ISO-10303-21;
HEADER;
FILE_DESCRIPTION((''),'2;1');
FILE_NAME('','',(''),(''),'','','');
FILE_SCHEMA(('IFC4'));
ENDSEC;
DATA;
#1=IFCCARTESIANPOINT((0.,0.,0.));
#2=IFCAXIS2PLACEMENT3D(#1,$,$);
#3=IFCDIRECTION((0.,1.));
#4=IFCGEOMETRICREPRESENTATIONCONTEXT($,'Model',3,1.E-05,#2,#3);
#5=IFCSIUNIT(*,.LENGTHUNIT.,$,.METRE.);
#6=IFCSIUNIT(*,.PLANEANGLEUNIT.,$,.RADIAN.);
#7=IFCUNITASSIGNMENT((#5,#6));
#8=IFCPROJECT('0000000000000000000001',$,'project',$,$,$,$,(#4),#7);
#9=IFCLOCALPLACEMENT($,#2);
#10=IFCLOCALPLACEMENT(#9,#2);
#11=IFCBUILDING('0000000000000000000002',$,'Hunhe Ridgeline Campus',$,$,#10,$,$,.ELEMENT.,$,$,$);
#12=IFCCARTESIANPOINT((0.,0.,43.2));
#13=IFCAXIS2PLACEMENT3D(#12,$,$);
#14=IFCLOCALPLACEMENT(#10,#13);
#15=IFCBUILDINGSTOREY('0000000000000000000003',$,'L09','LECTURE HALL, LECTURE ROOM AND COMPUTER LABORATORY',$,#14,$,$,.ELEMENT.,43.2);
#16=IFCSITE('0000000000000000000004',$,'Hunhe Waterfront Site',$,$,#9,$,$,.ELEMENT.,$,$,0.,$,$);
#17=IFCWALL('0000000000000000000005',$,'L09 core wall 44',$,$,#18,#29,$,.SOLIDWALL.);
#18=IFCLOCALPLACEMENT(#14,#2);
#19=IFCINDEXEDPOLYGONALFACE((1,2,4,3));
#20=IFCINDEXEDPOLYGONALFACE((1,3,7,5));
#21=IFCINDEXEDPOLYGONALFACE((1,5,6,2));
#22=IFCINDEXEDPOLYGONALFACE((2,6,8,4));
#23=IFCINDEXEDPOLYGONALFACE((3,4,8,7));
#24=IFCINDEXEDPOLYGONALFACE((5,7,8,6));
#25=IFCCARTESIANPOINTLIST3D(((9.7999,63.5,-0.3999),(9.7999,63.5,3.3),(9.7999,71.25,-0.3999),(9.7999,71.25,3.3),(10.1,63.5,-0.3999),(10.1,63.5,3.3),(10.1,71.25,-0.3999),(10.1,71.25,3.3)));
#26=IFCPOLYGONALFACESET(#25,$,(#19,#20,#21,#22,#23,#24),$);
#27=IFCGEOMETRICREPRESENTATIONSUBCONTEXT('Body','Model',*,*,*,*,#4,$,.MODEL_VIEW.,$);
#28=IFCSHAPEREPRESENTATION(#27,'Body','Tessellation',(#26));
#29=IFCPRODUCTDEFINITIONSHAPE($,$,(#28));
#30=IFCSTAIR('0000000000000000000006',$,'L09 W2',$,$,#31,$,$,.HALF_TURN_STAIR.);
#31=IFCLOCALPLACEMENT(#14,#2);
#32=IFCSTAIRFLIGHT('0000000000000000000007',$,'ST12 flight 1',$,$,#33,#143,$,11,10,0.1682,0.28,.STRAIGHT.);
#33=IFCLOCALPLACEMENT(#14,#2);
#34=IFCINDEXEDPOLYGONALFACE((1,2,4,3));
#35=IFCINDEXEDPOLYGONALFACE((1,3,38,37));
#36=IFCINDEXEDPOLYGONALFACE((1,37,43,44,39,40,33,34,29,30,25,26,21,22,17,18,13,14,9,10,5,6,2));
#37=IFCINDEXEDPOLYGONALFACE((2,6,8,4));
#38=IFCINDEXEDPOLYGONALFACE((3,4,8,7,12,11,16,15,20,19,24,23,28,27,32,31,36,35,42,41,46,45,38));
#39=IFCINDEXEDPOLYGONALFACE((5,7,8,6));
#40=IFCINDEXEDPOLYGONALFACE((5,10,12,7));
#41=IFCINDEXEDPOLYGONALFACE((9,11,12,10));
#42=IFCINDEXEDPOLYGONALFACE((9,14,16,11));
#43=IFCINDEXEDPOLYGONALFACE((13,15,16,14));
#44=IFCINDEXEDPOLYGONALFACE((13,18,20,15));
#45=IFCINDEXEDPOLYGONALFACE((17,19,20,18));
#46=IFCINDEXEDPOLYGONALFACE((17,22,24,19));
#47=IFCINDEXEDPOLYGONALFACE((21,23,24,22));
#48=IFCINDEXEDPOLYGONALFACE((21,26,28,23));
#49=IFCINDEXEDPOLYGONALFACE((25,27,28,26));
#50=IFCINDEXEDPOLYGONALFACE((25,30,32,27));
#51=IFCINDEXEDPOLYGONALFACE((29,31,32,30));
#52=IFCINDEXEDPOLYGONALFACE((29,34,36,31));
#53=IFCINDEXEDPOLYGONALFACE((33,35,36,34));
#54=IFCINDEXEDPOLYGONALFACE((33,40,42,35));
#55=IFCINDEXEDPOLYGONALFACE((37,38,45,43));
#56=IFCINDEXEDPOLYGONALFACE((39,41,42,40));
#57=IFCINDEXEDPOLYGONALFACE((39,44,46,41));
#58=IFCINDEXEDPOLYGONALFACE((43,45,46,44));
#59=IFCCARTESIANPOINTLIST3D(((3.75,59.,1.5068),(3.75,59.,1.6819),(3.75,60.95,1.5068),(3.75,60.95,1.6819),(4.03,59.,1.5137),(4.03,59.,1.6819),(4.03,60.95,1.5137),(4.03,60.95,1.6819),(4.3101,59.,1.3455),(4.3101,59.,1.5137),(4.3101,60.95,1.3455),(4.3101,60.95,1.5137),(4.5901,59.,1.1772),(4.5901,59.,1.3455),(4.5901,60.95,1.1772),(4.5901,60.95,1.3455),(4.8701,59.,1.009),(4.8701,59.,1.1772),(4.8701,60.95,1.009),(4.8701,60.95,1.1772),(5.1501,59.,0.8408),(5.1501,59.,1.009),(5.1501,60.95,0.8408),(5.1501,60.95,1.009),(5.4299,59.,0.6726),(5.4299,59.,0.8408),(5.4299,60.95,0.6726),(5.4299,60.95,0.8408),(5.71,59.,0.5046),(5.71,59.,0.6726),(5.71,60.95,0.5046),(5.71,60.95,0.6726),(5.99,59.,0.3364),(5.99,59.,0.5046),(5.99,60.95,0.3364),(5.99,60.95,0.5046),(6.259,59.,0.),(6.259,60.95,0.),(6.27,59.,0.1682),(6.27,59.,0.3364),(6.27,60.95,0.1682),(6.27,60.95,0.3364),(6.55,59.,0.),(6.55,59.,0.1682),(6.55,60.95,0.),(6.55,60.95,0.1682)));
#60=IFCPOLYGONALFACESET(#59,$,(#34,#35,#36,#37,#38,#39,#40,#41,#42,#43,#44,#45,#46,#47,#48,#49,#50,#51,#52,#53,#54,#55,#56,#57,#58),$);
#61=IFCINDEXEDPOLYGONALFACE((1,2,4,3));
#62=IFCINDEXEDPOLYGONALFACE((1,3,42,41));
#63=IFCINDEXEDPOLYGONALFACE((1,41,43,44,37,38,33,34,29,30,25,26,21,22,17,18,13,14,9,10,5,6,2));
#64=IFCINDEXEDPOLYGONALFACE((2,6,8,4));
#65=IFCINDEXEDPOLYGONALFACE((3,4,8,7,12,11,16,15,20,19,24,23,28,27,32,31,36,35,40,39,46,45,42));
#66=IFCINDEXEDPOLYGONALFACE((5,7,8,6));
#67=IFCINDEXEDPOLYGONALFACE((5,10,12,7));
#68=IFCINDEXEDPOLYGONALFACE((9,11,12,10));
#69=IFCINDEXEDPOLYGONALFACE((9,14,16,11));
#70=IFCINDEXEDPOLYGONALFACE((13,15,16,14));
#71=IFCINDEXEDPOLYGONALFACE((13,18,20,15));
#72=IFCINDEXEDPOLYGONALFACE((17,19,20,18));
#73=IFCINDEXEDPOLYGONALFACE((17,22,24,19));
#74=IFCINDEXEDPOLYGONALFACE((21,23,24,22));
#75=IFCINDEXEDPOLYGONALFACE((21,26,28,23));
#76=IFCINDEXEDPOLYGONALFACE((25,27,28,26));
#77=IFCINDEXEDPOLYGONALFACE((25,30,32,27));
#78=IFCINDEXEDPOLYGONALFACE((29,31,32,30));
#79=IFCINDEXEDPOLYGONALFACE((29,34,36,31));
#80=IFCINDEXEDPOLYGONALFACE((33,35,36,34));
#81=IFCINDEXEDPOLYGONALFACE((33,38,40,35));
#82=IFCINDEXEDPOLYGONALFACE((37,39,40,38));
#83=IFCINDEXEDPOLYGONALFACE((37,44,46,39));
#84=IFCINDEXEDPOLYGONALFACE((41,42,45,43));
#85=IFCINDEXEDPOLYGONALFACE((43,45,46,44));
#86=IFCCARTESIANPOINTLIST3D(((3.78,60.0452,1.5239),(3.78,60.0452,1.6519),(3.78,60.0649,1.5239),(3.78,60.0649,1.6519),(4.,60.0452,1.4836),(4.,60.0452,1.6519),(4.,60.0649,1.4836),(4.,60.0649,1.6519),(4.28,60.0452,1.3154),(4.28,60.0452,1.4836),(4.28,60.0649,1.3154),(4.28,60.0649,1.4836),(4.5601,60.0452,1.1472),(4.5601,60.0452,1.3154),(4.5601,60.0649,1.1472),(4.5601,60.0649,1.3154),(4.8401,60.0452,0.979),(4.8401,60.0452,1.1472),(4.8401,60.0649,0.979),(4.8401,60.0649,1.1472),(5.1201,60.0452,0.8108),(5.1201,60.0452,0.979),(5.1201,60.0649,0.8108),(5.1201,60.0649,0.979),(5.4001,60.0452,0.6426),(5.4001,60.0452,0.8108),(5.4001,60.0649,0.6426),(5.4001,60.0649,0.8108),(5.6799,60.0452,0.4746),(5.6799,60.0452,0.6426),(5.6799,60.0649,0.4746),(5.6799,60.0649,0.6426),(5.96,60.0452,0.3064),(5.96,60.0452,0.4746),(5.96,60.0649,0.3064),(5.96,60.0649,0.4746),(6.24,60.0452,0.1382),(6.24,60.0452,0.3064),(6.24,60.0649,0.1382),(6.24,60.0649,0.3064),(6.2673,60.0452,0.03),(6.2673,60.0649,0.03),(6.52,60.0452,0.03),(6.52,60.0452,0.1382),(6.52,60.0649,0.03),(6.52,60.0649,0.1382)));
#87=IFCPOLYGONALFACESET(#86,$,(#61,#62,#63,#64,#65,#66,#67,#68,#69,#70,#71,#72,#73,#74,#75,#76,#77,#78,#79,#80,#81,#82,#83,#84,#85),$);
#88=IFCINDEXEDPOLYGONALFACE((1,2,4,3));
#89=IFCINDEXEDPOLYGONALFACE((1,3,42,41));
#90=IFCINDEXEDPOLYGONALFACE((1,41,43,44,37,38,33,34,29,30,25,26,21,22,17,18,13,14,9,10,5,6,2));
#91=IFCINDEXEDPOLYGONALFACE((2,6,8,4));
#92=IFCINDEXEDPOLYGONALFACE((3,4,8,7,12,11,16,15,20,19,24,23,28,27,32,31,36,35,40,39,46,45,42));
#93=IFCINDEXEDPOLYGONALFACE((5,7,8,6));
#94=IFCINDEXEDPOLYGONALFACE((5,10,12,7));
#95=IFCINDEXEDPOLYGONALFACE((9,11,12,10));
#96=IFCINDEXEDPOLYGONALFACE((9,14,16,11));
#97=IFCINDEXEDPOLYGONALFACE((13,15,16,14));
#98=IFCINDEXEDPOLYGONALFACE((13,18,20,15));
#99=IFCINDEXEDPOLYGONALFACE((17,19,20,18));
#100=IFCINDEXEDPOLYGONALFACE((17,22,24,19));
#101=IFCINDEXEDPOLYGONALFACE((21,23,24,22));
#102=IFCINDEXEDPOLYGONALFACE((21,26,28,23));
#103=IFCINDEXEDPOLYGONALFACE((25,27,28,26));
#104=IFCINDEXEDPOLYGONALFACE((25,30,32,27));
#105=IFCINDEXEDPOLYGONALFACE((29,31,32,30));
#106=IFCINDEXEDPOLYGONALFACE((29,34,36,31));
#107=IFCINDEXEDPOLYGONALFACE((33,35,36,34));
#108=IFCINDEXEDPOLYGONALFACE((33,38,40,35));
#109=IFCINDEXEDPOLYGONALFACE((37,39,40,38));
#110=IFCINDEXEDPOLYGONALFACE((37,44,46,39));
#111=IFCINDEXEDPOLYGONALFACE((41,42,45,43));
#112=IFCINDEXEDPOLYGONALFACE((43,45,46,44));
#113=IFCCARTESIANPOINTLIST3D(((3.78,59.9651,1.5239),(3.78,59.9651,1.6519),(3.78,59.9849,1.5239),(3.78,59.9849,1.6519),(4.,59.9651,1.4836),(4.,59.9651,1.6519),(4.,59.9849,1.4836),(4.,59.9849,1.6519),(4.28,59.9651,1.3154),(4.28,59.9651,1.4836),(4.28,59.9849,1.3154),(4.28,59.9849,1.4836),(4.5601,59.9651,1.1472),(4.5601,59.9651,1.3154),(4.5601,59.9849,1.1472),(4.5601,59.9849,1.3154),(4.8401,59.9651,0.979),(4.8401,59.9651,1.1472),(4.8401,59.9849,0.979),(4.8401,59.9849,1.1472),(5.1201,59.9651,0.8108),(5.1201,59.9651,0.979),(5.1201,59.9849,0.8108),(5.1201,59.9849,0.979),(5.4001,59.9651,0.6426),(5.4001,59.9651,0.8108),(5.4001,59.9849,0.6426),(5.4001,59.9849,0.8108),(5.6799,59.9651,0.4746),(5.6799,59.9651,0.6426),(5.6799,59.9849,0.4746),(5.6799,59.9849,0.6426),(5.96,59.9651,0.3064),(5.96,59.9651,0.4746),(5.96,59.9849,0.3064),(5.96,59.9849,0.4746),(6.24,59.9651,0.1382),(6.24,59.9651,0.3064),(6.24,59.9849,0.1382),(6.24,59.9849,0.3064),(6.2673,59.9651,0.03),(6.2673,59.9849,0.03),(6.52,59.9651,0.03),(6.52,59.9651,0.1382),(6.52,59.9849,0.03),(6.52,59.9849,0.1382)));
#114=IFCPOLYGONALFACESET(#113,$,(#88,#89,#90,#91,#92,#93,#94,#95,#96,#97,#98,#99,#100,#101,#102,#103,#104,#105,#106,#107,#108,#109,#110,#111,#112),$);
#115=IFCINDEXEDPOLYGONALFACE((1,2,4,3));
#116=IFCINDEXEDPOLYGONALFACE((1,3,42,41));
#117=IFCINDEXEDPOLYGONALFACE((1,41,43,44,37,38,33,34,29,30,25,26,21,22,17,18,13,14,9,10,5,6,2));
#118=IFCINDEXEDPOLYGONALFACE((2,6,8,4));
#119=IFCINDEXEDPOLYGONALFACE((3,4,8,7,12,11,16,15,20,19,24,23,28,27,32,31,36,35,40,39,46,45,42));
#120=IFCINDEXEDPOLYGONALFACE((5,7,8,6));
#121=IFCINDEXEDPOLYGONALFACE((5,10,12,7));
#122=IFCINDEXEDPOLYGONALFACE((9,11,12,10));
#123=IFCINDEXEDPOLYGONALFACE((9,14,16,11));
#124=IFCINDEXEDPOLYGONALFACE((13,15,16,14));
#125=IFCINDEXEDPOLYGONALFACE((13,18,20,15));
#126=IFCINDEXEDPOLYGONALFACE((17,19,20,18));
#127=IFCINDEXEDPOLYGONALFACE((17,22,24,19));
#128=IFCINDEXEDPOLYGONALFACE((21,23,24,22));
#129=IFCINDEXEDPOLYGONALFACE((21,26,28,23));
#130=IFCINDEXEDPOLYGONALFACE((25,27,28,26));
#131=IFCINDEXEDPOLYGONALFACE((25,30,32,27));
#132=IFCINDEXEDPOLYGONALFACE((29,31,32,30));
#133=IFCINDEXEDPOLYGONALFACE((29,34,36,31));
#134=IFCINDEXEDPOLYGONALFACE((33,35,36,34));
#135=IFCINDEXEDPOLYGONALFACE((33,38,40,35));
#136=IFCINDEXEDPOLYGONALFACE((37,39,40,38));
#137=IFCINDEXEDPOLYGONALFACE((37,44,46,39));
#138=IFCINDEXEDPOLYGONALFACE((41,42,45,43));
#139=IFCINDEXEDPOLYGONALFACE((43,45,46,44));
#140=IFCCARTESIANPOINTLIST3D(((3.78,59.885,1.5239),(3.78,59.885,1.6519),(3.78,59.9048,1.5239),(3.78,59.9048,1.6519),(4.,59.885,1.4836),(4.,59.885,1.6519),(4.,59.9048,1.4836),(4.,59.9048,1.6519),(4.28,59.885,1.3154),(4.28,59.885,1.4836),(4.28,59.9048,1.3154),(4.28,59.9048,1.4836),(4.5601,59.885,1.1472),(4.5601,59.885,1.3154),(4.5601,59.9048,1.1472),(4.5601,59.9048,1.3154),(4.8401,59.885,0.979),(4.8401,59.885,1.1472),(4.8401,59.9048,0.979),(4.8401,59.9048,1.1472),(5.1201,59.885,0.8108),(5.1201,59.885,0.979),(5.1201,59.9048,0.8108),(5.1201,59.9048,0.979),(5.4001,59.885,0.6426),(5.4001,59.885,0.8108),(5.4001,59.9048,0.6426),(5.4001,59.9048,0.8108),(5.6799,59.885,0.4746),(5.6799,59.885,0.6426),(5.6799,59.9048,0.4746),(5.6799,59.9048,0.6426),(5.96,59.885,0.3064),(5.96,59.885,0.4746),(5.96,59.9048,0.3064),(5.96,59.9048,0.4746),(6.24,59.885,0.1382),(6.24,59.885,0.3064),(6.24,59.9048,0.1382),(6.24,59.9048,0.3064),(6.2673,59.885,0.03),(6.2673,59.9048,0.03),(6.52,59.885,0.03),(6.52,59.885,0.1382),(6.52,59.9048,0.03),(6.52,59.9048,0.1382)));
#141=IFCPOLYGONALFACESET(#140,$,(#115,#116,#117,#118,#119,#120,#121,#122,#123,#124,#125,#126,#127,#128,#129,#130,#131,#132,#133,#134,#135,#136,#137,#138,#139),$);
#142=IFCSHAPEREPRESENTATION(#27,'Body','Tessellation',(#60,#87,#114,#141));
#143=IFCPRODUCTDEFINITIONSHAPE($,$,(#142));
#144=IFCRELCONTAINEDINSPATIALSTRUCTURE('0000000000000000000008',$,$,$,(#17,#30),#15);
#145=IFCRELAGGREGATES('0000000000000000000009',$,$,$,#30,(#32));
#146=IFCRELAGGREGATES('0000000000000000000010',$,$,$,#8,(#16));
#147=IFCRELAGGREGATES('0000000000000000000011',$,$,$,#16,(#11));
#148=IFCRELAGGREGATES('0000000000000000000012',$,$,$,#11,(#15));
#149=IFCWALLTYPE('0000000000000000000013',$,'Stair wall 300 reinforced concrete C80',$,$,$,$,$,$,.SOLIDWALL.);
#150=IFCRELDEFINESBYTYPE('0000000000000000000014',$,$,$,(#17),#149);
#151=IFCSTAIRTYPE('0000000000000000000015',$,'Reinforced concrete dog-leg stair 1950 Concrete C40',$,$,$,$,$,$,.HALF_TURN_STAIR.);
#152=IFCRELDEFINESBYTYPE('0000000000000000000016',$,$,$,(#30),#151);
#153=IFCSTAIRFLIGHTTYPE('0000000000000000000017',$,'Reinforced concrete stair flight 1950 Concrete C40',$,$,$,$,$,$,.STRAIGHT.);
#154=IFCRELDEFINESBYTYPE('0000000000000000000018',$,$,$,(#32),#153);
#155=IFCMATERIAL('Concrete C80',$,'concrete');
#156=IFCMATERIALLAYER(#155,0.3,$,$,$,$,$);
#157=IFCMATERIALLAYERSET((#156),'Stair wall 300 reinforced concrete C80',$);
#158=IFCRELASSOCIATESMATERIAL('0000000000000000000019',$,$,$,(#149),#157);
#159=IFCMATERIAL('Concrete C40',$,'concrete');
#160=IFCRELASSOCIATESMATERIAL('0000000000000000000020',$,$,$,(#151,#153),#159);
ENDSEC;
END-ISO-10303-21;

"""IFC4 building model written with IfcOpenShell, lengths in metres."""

from ifc_helpers import new_model, si_unit, direction, frame, frame_2d, origin, place, context, subcontext, project, spatial, polyline, rectangle, outline, extrude, material, layer, layer_set, type_object, element, aggregate, save


model = new_model("IFC4")

# Units and contexts
model_context = context("Model", 3, precision=1e-05, world=origin(), true_north=direction((0.0, 1.0)))
body_context = subcontext(model_context, "Body", "Model", "MODEL_VIEW")
ifc_project = project(units=[si_unit("LENGTHUNIT", "METRE"), si_unit("PLANEANGLEUNIT", "RADIAN")], contexts=[model_context])

# Site, building, storey
site_placement = place(None, origin())
site = spatial("IfcSite", under=ifc_project, at=site_placement, Name="Hunhe Waterfront Site", CompositionType="ELEMENT", RefElevation=0.0)
building_placement = place(site_placement, origin())
building = spatial("IfcBuilding", under=site, at=building_placement, Name="Hunhe Ridgeline Campus", CompositionType="ELEMENT")
storey_placement = place(building_placement, frame((0.0, 0.0, 43.2)))
storey = spatial("IfcBuildingStorey", under=building, at=storey_placement, Name="L09", Description="LECTURE HALL, LECTURE ROOM AND COMPUTER LABORATORY", CompositionType="ELEMENT", Elevation=43.2)

# Shared definitions
ifc_material_1 = material(Name="Concrete C80", Category="concrete")

# Shared definitions
ifc_layer_1 = layer(ifc_material_1, 0.3)
ifc_layer_set_1 = layer_set([ifc_layer_1], Name="Stair wall 300 reinforced concrete C80")
wall_type_1 = type_object("IfcWallType", Name="Stair wall 300 reinforced concrete C80", PredefinedType="SOLIDWALL", material=ifc_layer_set_1)

# Wall
wall_1_placement = place(storey_placement, frame((9.95, 63.5, -0.3999), z_axis=(0.0, 0.0, 1.0), x_axis=(0.0, 1.0, 0.0)))
element("IfcWall", 1, at=wall_1_placement, inside=storey, type_object=wall_type_1, Name="L09 core wall 44", PredefinedType="SOLIDWALL", context=body_context, shape_type="SweptSolid", body=[
    extrude(rectangle(XDim=7.75, YDim=0.3, at=frame_2d((3.875, 0.0))), origin(), (0.0, 0.0, 1.0), 3.7),
])

# Stair, stair flight
ifc_material_2 = material(Name="Concrete C40", Category="concrete")
stair_type = type_object("IfcStairType", Name="Reinforced concrete dog-leg stair 1950 Concrete C40", PredefinedType="HALF_TURN_STAIR", material=ifc_material_2)
stair_placement = place(storey_placement, origin())
stair = element("IfcStair", 2, at=stair_placement, inside=storey, type_object=stair_type, Name="L09 W2", PredefinedType="HALF_TURN_STAIR")
stair_flight_type = type_object("IfcStairFlightType", Name="Reinforced concrete stair flight 1950 Concrete C40", PredefinedType="STRAIGHT", material=ifc_material_2)
stair_flight_1_placement = place(storey_placement, frame((6.55, 59.9751, 0.0), z_axis=(0.0, 0.0, 1.0), x_axis=(-1.0, 0.0, 0.0)))
stair_flight_1 = element("IfcStairFlight", 3, at=stair_flight_1_placement, type_object=stair_flight_type, Name="ST12 flight 1", NumberOfRisers=11, NumberOfTreads=10, PredefinedType="STRAIGHT", RiserHeight=0.1682, TreadLength=0.28, context=body_context, shape_type="SweptSolid", body=[
    extrude(outline(polyline([(0.0, 0.0), (0.0, 0.1682), (0.28, 0.1682), (0.28, 0.3364), (0.5601, 0.3364), (0.5601, 0.5046), (0.8401, 0.5046), (0.8401, 0.6726), (1.1201, 0.6726), (1.1201, 0.8408), (1.3999, 0.8408), (1.3999, 1.009), (1.6799, 1.009), (1.6799, 1.1772), (1.96, 1.1772), (1.96, 1.3455), (2.24, 1.3455), (2.24, 1.5137), (2.52, 1.5137), (2.52, 1.6819), (2.8, 1.6819), (2.8, 1.8501), (2.8, 1.5068), (0.291, 0.0), (0.0, 0.0)])), frame((0.0, 0.9751, 0.0), z_axis=(0.0, -1.0, 0.0), x_axis=(1.0, 0.0, 0.0)), (0.0, 0.0, 1.0), 1.95),
    extrude(outline(polyline([(0.03, 0.03), (0.03, 0.1382), (0.3101, 0.1382), (0.3101, 0.3064), (0.5901, 0.3064), (0.5901, 0.4746), (0.8701, 0.4746), (0.8701, 0.6426), (1.1499, 0.6426), (1.1499, 0.8108), (1.4299, 0.8108), (1.4299, 0.979), (1.71, 0.979), (1.71, 1.1472), (1.99, 1.1472), (1.99, 1.3154), (2.27, 1.3154), (2.27, 1.4836), (2.55, 1.4836), (2.55, 1.6519), (2.77, 1.6519), (2.77, 1.5239), (0.2827, 0.03), (0.03, 0.03)])), frame((0.0, -0.0701, 0.0), z_axis=(0.0, -1.0, 0.0), x_axis=(1.0, 0.0, 0.0)), (0.0, 0.0, 1.0), 0.0198),
    extrude(outline(polyline([(0.03, 0.03), (0.03, 0.1382), (0.3101, 0.1382), (0.3101, 0.3064), (0.5901, 0.3064), (0.5901, 0.4746), (0.8701, 0.4746), (0.8701, 0.6426), (1.1499, 0.6426), (1.1499, 0.8108), (1.4299, 0.8108), (1.4299, 0.979), (1.71, 0.979), (1.71, 1.1472), (1.99, 1.1472), (1.99, 1.3154), (2.27, 1.3154), (2.27, 1.4836), (2.55, 1.4836), (2.55, 1.6519), (2.77, 1.6519), (2.77, 1.5239), (0.2827, 0.03), (0.03, 0.03)])), frame((0.0, 0.01, 0.0), z_axis=(0.0, -1.0, 0.0), x_axis=(1.0, 0.0, 0.0)), (0.0, 0.0, 1.0), 0.0198),
    extrude(outline(polyline([(0.03, 0.03), (0.03, 0.1382), (0.3101, 0.1382), (0.3101, 0.3064), (0.5901, 0.3064), (0.5901, 0.4746), (0.8701, 0.4746), (0.8701, 0.6426), (1.1499, 0.6426), (1.1499, 0.8108), (1.4299, 0.8108), (1.4299, 0.979), (1.71, 0.979), (1.71, 1.1472), (1.99, 1.1472), (1.99, 1.3154), (2.27, 1.3154), (2.27, 1.4836), (2.55, 1.4836), (2.55, 1.6519), (2.77, 1.6519), (2.77, 1.5239), (0.2827, 0.03), (0.03, 0.03)])), frame((0.0, 0.0901, 0.0), z_axis=(0.0, -1.0, 0.0), x_axis=(1.0, 0.0, 0.0)), (0.0, 0.0, 1.0), 0.0198),
])
aggregate(stair, [stair_flight_1])

save(model, "model.ifc")
